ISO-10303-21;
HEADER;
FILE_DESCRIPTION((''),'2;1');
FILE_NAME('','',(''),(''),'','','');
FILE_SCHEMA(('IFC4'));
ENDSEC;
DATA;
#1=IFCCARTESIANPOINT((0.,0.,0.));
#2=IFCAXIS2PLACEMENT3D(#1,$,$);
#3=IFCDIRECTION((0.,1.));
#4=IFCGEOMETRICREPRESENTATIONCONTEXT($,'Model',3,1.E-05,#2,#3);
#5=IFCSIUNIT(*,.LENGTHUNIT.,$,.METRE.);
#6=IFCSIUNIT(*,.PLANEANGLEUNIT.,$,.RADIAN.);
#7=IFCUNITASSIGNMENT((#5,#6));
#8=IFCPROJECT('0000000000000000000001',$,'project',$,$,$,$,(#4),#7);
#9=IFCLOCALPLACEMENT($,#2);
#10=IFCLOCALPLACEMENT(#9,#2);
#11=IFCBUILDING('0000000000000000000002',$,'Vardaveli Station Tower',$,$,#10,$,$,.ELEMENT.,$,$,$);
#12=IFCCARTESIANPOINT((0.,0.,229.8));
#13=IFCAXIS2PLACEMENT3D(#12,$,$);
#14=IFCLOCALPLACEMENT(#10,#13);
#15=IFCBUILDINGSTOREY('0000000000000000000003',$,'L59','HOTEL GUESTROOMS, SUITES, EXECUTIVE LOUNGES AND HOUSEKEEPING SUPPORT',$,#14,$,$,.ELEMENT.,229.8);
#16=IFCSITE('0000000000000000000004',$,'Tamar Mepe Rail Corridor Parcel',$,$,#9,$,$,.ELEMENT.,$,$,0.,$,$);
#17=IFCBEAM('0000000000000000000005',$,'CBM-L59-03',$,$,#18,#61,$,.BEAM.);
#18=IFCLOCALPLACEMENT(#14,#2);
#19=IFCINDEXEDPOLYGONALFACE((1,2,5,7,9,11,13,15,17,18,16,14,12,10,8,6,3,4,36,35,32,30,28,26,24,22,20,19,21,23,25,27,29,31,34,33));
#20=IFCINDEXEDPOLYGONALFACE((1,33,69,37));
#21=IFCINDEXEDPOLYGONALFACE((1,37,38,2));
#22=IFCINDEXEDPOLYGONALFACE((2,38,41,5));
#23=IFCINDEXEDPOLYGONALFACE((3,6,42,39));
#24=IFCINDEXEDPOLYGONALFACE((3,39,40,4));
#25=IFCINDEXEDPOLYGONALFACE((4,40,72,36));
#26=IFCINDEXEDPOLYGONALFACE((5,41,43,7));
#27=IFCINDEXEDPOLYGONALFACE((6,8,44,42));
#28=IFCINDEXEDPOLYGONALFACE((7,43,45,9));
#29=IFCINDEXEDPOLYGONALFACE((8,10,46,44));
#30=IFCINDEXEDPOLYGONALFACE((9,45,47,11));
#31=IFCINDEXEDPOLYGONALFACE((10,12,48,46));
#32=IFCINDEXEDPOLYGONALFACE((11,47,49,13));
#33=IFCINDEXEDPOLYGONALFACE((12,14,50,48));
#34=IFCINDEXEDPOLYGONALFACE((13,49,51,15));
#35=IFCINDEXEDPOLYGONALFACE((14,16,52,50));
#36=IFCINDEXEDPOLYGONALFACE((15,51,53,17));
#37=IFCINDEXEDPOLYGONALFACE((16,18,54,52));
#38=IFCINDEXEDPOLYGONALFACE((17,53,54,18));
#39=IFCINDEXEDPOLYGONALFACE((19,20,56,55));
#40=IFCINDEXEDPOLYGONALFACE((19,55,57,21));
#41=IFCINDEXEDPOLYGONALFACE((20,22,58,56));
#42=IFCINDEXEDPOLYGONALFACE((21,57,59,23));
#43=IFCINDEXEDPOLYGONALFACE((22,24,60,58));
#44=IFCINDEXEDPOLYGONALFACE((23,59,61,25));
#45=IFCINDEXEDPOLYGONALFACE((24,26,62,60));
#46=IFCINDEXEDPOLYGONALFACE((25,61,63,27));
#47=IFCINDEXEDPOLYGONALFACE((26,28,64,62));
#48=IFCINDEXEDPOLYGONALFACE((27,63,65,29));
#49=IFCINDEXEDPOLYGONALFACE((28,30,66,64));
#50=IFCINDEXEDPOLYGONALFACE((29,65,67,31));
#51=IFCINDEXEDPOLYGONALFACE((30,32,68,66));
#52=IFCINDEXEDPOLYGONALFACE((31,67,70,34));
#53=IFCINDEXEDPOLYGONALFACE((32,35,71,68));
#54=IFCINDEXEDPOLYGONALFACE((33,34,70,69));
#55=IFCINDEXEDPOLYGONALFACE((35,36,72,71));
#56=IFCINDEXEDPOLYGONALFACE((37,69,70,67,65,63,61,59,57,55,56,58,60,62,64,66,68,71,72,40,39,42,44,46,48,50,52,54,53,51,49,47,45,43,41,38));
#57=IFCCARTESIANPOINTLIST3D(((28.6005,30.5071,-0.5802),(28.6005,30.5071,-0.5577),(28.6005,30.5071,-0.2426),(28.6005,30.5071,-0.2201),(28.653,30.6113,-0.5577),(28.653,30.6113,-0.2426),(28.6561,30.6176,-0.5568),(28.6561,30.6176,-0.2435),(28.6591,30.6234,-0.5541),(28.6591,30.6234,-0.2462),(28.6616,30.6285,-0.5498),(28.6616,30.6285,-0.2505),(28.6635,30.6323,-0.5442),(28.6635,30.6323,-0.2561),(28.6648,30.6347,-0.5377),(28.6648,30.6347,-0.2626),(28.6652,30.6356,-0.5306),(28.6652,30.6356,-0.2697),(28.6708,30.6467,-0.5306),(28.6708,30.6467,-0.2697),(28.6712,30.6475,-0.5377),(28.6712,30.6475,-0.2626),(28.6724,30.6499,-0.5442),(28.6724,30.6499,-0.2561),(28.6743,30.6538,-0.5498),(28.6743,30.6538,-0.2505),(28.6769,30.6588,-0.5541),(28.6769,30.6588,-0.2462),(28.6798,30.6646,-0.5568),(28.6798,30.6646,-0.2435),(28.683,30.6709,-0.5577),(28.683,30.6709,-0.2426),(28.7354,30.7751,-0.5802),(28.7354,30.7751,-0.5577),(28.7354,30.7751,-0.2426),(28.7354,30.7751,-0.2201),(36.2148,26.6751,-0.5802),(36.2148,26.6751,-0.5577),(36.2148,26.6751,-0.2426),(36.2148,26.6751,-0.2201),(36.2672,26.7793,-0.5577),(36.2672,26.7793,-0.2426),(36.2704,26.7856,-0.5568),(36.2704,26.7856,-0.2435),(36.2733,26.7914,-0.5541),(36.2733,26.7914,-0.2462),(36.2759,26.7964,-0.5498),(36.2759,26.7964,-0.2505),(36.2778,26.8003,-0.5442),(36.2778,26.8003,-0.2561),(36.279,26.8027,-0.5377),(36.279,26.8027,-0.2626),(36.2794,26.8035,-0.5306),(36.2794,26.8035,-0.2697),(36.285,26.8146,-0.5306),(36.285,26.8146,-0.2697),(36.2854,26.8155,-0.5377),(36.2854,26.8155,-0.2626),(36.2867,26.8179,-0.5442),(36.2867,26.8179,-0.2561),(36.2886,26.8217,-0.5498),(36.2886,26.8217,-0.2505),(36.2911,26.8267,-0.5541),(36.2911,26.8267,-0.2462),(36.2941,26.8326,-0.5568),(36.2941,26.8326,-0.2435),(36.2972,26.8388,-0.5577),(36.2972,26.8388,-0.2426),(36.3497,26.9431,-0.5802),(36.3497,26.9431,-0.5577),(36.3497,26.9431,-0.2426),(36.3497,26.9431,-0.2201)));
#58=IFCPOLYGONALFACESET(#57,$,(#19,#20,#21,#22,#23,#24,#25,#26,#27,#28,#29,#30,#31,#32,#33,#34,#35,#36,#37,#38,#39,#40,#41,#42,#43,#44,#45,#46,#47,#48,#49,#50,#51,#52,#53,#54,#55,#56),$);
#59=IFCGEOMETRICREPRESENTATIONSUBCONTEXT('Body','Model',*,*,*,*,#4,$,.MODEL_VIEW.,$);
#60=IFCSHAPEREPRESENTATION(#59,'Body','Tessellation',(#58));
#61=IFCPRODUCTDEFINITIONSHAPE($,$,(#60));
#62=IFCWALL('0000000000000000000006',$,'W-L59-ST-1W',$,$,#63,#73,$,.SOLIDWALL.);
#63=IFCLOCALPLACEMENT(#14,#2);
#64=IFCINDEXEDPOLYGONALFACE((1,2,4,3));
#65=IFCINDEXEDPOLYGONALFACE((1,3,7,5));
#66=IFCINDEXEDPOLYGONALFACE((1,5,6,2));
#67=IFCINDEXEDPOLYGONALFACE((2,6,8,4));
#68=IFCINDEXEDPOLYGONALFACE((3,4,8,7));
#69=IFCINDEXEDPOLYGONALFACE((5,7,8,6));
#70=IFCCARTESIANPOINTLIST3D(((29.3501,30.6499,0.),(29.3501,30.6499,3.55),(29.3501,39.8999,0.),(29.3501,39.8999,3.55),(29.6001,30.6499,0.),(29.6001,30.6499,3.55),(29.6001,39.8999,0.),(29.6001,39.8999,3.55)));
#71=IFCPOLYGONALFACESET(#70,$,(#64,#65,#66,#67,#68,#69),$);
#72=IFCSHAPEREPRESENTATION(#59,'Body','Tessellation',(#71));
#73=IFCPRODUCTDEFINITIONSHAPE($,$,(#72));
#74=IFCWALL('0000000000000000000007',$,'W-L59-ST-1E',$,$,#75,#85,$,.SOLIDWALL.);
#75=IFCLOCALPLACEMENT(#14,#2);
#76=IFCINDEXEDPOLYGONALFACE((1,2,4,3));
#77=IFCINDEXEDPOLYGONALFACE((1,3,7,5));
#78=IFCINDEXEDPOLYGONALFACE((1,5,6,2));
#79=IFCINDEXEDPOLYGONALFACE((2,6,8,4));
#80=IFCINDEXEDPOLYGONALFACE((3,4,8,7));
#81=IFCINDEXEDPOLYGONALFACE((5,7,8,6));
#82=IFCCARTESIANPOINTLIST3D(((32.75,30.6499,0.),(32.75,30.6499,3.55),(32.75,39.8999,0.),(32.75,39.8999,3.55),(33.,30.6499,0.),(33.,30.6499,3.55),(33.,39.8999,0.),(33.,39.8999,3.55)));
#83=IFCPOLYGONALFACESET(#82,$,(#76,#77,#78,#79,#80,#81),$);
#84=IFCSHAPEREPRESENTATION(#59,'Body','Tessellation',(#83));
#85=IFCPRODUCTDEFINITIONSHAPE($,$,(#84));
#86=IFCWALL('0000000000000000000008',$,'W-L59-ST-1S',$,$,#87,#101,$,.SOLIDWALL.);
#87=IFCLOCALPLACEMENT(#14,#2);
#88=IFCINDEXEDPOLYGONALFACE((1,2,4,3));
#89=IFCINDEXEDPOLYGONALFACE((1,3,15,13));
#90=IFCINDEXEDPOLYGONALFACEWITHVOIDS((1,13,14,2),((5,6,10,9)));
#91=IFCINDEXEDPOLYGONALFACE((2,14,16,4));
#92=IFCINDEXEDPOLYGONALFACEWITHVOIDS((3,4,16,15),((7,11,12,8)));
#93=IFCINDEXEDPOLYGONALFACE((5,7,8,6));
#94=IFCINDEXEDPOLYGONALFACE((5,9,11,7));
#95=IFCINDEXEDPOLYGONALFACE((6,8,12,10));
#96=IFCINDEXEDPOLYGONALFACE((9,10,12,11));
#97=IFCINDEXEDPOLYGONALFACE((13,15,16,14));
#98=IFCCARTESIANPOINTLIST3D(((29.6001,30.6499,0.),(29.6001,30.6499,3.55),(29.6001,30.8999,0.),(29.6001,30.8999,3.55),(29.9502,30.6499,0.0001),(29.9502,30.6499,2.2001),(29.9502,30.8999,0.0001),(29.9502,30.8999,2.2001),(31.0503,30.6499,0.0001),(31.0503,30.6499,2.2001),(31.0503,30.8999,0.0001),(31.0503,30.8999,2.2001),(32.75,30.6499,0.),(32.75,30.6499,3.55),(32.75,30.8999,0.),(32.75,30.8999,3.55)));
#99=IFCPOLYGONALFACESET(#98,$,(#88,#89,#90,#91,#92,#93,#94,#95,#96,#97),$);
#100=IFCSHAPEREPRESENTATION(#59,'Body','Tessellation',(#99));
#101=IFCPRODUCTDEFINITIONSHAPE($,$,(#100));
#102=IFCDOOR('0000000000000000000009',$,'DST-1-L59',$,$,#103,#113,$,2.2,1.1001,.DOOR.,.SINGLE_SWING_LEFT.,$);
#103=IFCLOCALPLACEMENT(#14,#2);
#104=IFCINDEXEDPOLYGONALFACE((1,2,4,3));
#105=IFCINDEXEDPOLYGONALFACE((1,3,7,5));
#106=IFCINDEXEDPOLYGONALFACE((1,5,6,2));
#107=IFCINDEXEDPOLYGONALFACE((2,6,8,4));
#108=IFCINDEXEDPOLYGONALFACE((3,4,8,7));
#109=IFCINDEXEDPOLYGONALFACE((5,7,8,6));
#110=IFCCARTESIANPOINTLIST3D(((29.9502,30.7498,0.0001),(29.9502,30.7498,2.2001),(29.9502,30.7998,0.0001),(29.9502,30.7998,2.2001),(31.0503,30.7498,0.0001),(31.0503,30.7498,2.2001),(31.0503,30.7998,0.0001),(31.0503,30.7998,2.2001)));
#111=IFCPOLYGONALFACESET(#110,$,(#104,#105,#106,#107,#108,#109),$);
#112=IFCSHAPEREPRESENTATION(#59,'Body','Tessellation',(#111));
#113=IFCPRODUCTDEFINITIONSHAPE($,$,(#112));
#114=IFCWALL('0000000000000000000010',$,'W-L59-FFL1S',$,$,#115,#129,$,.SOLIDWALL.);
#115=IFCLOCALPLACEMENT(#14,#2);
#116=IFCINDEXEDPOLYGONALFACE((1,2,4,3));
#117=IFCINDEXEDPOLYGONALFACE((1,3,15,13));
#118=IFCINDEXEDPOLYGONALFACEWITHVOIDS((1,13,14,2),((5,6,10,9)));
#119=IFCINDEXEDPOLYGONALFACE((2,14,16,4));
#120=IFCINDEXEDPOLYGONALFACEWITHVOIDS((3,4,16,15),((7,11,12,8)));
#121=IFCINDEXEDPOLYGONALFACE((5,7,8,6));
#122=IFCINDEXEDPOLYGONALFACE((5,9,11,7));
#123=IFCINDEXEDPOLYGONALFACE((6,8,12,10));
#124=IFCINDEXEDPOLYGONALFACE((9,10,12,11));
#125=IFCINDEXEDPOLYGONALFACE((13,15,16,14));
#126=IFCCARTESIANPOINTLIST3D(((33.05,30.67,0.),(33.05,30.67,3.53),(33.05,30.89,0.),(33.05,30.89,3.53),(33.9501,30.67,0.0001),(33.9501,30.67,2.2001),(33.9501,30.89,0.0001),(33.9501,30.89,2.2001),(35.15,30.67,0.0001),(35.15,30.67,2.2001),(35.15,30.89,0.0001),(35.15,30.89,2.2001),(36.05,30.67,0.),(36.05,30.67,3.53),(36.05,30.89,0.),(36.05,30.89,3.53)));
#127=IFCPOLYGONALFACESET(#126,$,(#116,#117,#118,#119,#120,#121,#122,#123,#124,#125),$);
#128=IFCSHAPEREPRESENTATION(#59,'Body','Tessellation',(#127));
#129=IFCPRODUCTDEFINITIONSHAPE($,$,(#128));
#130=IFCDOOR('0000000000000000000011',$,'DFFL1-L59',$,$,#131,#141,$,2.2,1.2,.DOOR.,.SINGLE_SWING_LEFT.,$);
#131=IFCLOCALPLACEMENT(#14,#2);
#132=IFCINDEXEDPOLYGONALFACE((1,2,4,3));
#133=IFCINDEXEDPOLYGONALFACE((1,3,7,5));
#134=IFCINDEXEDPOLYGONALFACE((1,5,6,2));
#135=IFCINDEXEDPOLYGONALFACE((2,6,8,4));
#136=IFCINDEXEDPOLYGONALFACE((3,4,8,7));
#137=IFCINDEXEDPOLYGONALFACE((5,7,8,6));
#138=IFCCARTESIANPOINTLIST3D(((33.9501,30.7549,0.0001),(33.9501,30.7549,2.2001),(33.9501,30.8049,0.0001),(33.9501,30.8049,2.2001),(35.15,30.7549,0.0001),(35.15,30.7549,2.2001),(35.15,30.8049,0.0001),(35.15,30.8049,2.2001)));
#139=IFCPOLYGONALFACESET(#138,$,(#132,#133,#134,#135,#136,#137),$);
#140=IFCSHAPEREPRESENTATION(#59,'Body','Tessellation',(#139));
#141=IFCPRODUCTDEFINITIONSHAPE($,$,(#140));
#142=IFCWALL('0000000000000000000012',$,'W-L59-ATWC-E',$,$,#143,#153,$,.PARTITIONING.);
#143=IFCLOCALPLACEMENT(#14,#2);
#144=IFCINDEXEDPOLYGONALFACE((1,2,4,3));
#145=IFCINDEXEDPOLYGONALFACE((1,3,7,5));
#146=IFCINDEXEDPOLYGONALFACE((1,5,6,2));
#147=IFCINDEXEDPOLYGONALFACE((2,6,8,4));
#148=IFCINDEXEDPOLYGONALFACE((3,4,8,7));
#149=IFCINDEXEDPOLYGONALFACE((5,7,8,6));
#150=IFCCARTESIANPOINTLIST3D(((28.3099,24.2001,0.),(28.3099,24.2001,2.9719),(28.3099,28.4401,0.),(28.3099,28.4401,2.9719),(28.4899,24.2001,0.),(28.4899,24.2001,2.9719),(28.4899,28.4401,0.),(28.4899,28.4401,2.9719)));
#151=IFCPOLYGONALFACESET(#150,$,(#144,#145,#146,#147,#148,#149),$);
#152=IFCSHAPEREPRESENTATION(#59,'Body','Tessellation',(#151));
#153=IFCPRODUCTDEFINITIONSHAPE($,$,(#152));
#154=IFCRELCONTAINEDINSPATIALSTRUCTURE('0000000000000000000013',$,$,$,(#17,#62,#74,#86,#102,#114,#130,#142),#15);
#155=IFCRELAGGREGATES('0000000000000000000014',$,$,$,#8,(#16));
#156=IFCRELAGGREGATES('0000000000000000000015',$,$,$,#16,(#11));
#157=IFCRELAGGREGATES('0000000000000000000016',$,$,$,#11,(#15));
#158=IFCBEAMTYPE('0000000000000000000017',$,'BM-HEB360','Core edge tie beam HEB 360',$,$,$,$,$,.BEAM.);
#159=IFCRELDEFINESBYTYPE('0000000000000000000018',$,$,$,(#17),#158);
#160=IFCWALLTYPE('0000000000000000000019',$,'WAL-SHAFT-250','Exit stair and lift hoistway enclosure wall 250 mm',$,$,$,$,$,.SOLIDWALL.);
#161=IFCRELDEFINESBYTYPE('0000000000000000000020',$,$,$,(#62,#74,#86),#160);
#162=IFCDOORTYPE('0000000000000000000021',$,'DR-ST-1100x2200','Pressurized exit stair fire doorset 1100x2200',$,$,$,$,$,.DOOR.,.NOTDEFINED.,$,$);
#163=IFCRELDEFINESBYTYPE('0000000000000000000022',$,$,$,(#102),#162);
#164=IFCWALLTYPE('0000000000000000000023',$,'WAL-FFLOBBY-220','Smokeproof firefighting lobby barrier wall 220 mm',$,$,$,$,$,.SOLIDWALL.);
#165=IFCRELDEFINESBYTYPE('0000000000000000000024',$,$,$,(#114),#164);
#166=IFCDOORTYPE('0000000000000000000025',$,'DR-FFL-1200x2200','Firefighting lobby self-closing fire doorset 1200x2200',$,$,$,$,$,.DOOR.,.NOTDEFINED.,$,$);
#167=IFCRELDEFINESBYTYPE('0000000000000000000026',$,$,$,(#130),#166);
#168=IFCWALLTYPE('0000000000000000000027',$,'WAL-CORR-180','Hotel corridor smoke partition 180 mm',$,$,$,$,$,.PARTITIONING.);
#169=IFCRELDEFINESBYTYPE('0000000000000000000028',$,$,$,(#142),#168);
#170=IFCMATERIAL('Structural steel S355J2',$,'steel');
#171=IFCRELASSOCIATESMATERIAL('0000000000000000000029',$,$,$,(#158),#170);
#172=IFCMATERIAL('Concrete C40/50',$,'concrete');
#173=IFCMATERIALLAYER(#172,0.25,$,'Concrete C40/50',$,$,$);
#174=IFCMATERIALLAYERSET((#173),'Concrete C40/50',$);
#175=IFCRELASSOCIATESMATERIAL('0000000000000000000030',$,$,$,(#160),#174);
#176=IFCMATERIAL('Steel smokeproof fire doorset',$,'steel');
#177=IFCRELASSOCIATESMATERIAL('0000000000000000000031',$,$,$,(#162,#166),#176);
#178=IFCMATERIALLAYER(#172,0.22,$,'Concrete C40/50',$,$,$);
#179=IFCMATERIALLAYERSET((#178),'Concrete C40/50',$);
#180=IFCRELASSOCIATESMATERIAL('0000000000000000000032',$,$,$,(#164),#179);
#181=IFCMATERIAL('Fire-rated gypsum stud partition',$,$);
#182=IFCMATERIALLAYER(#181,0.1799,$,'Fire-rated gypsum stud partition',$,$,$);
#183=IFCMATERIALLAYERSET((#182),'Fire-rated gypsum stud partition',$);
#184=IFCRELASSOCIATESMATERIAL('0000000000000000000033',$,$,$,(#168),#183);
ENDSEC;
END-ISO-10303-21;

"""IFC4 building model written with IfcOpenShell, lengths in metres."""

from ifc_helpers import new_model, si_unit, direction, frame, frame_2d, origin, origin_2d, place, context, subcontext, project, spatial, rectangle, i_section, extrude, source, transform, mapped, material, layer, layer_set, material_profile, profile_set, type_object, element, fill, save


model = new_model("IFC4")

# Units and contexts
model_context = context("Model", 3, precision=1e-05, world=origin(), true_north=direction((0.0, 1.0)))
body_context = subcontext(model_context, "Body", "Model", "MODEL_VIEW")
ifc_project = project(units=[si_unit("LENGTHUNIT", "METRE"), si_unit("PLANEANGLEUNIT", "RADIAN")], contexts=[model_context])

# Site, building, storey
site_placement = place(None, origin())
site = spatial("IfcSite", under=ifc_project, at=site_placement, Name="Tamar Mepe Rail Corridor Parcel", CompositionType="ELEMENT", RefElevation=0.0)
building_placement = place(site_placement, origin())
building = spatial("IfcBuilding", under=site, at=building_placement, Name="Vardaveli Station Tower", CompositionType="ELEMENT")
storey_placement = place(building_placement, frame((0.0, 0.0, 229.8)))
storey = spatial("IfcBuildingStorey", under=building, at=storey_placement, Name="L59", Description="HOTEL GUESTROOMS, SUITES, EXECUTIVE LOUNGES AND HOUSEKEEPING SUPPORT", CompositionType="ELEMENT", Elevation=229.8)

# Beam
ifc_material_1 = material(Name="Structural steel S355J2", Category="steel")
ifc_material_profile_1 = material_profile(ifc_material_1, i_section(OverallWidth=0.3, OverallDepth=0.3601, WebThickness=0.0125, FlangeThickness=0.0225, FilletRadius=0.0271, at=origin_2d()), Name="HEB 360")
ifc_profile_set_1 = profile_set([ifc_material_profile_1], Name="Structural steel S355J2")
beam_type_1 = type_object("IfcBeamType", Name="BM-HEB360", Description="Core edge tie beam HEB 360", PredefinedType="BEAM", material=ifc_profile_set_1)
shared_shape_1 = source(origin(), body_context, "Body", "SweptSolid", [
    extrude(i_section(OverallWidth=0.3, OverallDepth=0.3601, WebThickness=0.0125, FlangeThickness=0.0225, FilletRadius=0.0271, at=origin_2d()), origin(), (0.0, 0.0, 1.0), 8.5242),
])
beam_1_placement = place(storey_placement, frame((28.668, 30.6411, -0.4001), z_axis=(0.893256, -0.449549, 0.0), x_axis=(0.449549, 0.893256, 0.0)))
element("IfcBeam", 1, at=beam_1_placement, inside=storey, type_object=beam_type_1, Name="CBM-L59-03", PredefinedType="BEAM", context=body_context, shape_type="MappedRepresentation", body=[
    mapped(shared_shape_1, transform((0.0, 0.0, 0.0), scale=1.0)),
])

# Walls
ifc_material_2 = material(Name="Concrete C40/50", Category="concrete")
ifc_layer_1 = layer(ifc_material_2, 0.25, Name="Concrete C40/50")
ifc_layer_set_1 = layer_set([ifc_layer_1], Name="Concrete C40/50")
wall_type_1 = type_object("IfcWallType", Name="WAL-SHAFT-250", Description="Exit stair and lift hoistway enclosure wall 250 mm", PredefinedType="SOLIDWALL", material=ifc_layer_set_1)
shared_shape_2 = source(origin(), body_context, "Body", "SweptSolid", [
    extrude(rectangle(XDim=9.25, YDim=0.25, at=frame_2d((4.625, 0.0))), origin(), (0.0, 0.0, 1.0), 3.55),
])
for number, where, z_axis, x_axis, name in (
    (2, (29.4751, 30.6499, 0.0), (0.0, 0.0, 1.0), (0.0, 1.0, 0.0), "W-L59-ST-1W"),
    (3, (32.875, 30.6499, 0.0), (0.0, 0.0, 1.0), (0.0, 1.0, 0.0), "W-L59-ST-1E"),
):
    element("IfcWall", number, at=place(storey_placement, frame(where, z_axis=z_axis, x_axis=x_axis)), inside=storey, type_object=wall_type_1, Name=name, PredefinedType="SOLIDWALL", context=body_context, shape_type="MappedRepresentation", body=[
        mapped(shared_shape_2, transform((0.0, 0.0, 0.0), scale=1.0)),
    ])

# Walls, openings, doors
shared_shape_3 = source(origin(), body_context, "Body", "SweptSolid", [
    extrude(rectangle(XDim=3.1499, YDim=0.25, at=frame_2d((1.575, 0.0))), origin(), (0.0, 0.0, 1.0), 3.55),
])
wall_1_placement = place(storey_placement, frame((29.6001, 30.7749, 0.0), z_axis=(0.0, 0.0, 1.0), x_axis=(1.0, 0.0, 0.0)))
wall_1 = element("IfcWall", 4, at=wall_1_placement, inside=storey, type_object=wall_type_1, Name="W-L59-ST-1S", PredefinedType="SOLIDWALL", context=body_context, shape_type="MappedRepresentation", body=[
    mapped(shared_shape_3, transform((0.0, 0.0, 0.0), scale=1.0)),
])
shared_shape_4 = source(origin(), body_context, "Body", "SweptSolid", [
    extrude(rectangle(XDim=1.1001, YDim=2.2, at=frame_2d((0.55, 1.1001))), frame((0.0, 0.135, 0.0), z_axis=(0.0, -1.0, 0.0), x_axis=(1.0, 0.0, 0.0)), (0.0, 0.0, 1.0), 0.27),
])
opening_1_placement = place(wall_1_placement, frame((0.3501, 0.0, 0.0)))
opening_1 = element("IfcOpeningElement", 5, at=opening_1_placement, cuts=wall_1, PredefinedType="OPENING", context=body_context, shape_type="MappedRepresentation", body=[
    mapped(shared_shape_4, transform((0.0, 0.0, 0.0), scale=1.0)),
])
ifc_material_3 = material(Name="Steel smokeproof fire doorset", Category="steel")
door_type_1 = type_object("IfcDoorType", Name="DR-ST-1100x2200", Description="Pressurized exit stair fire doorset 1100x2200", OperationType="NOTDEFINED", PredefinedType="DOOR", material=ifc_material_3)
shared_shape_5 = source(origin(), body_context, "Body", "SweptSolid", [
    extrude(rectangle(XDim=1.1001, YDim=2.2, at=frame_2d((0.55, 1.1001))), frame((0.0, 0.0249, 0.0), z_axis=(0.0, -1.0, 0.0), x_axis=(1.0, 0.0, 0.0)), (0.0, 0.0, 1.0), 0.05),
])
door_1_placement = place(opening_1_placement, origin())
door_1 = element("IfcDoor", 6, at=door_1_placement, inside=storey, type_object=door_type_1, Name="DST-1-L59", OperationType="SINGLE_SWING_LEFT", OverallHeight=2.2, OverallWidth=1.1001, PredefinedType="DOOR", context=body_context, shape_type="MappedRepresentation", body=[
    mapped(shared_shape_5, transform((0.0, 0.0, 0.0), scale=1.0)),
])
fill(opening_1, door_1)
ifc_layer_2 = layer(ifc_material_2, 0.22, Name="Concrete C40/50")
ifc_layer_set_2 = layer_set([ifc_layer_2], Name="Concrete C40/50")
wall_type_2 = type_object("IfcWallType", Name="WAL-FFLOBBY-220", Description="Smokeproof firefighting lobby barrier wall 220 mm", PredefinedType="SOLIDWALL", material=ifc_layer_set_2)
shared_shape_6 = source(origin(), body_context, "Body", "SweptSolid", [
    extrude(rectangle(XDim=3.0, YDim=0.22, at=frame_2d((1.5, 0.0))), origin(), (0.0, 0.0, 1.0), 3.53),
])
wall_2_placement = place(storey_placement, frame((33.05, 30.78, 0.0), z_axis=(0.0, 0.0, 1.0), x_axis=(1.0, 0.0, 0.0)))
wall_2 = element("IfcWall", 7, at=wall_2_placement, inside=storey, type_object=wall_type_2, Name="W-L59-FFL1S", PredefinedType="SOLIDWALL", context=body_context, shape_type="MappedRepresentation", body=[
    mapped(shared_shape_6, transform((0.0, 0.0, 0.0), scale=1.0)),
])
shared_shape_7 = source(origin(), body_context, "Body", "SweptSolid", [
    extrude(rectangle(XDim=1.2, YDim=2.2, at=frame_2d((0.6001, 1.1001))), frame((0.0, 0.1201, 0.0), z_axis=(0.0, -1.0, 0.0), x_axis=(1.0, 0.0, 0.0)), (0.0, 0.0, 1.0), 0.24),
])
opening_2_placement = place(wall_2_placement, frame((0.8999, 0.0, 0.0)))
opening_2 = element("IfcOpeningElement", 8, at=opening_2_placement, cuts=wall_2, PredefinedType="OPENING", context=body_context, shape_type="MappedRepresentation", body=[
    mapped(shared_shape_7, transform((0.0, 0.0, 0.0), scale=1.0)),
])
door_type_2 = type_object("IfcDoorType", Name="DR-FFL-1200x2200", Description="Firefighting lobby self-closing fire doorset 1200x2200", OperationType="NOTDEFINED", PredefinedType="DOOR", material=ifc_material_3)
shared_shape_8 = source(origin(), body_context, "Body", "SweptSolid", [
    extrude(rectangle(XDim=1.2, YDim=2.2, at=frame_2d((0.6001, 1.1001))), frame((0.0, 0.0249, 0.0), z_axis=(0.0, -1.0, 0.0), x_axis=(1.0, 0.0, 0.0)), (0.0, 0.0, 1.0), 0.05),
])
door_2_placement = place(opening_2_placement, origin())
door_2 = element("IfcDoor", 9, at=door_2_placement, inside=storey, type_object=door_type_2, Name="DFFL1-L59", OperationType="SINGLE_SWING_LEFT", OverallHeight=2.2, OverallWidth=1.2, PredefinedType="DOOR", context=body_context, shape_type="MappedRepresentation", body=[
    mapped(shared_shape_8, transform((0.0, 0.0, 0.0), scale=1.0)),
])
fill(opening_2, door_2)

# Wall
ifc_material_4 = material(Name="Fire-rated gypsum stud partition")
ifc_layer_3 = layer(ifc_material_4, 0.1799, Name="Fire-rated gypsum stud partition")
ifc_layer_set_3 = layer_set([ifc_layer_3], Name="Fire-rated gypsum stud partition")
wall_type_3 = type_object("IfcWallType", Name="WAL-CORR-180", Description="Hotel corridor smoke partition 180 mm", PredefinedType="PARTITIONING", material=ifc_layer_set_3)
shared_shape_9 = source(origin(), body_context, "Body", "SweptSolid", [
    extrude(rectangle(XDim=4.24, YDim=0.1799, at=frame_2d((2.1201, 0.0))), origin(), (0.0, 0.0, 1.0), 2.9719),
])
wall_3_placement = place(storey_placement, frame((28.3999, 24.2, 0.0), z_axis=(0.0, 0.0, 1.0), x_axis=(0.0, 1.0, 0.0)))
element("IfcWall", 10, at=wall_3_placement, inside=storey, type_object=wall_type_3, Name="W-L59-ATWC-E", PredefinedType="PARTITIONING", context=body_context, shape_type="MappedRepresentation", body=[
    mapped(shared_shape_9, transform((0.0, 0.0, 0.0), scale=1.0)),
])

save(model, "model.ifc")
